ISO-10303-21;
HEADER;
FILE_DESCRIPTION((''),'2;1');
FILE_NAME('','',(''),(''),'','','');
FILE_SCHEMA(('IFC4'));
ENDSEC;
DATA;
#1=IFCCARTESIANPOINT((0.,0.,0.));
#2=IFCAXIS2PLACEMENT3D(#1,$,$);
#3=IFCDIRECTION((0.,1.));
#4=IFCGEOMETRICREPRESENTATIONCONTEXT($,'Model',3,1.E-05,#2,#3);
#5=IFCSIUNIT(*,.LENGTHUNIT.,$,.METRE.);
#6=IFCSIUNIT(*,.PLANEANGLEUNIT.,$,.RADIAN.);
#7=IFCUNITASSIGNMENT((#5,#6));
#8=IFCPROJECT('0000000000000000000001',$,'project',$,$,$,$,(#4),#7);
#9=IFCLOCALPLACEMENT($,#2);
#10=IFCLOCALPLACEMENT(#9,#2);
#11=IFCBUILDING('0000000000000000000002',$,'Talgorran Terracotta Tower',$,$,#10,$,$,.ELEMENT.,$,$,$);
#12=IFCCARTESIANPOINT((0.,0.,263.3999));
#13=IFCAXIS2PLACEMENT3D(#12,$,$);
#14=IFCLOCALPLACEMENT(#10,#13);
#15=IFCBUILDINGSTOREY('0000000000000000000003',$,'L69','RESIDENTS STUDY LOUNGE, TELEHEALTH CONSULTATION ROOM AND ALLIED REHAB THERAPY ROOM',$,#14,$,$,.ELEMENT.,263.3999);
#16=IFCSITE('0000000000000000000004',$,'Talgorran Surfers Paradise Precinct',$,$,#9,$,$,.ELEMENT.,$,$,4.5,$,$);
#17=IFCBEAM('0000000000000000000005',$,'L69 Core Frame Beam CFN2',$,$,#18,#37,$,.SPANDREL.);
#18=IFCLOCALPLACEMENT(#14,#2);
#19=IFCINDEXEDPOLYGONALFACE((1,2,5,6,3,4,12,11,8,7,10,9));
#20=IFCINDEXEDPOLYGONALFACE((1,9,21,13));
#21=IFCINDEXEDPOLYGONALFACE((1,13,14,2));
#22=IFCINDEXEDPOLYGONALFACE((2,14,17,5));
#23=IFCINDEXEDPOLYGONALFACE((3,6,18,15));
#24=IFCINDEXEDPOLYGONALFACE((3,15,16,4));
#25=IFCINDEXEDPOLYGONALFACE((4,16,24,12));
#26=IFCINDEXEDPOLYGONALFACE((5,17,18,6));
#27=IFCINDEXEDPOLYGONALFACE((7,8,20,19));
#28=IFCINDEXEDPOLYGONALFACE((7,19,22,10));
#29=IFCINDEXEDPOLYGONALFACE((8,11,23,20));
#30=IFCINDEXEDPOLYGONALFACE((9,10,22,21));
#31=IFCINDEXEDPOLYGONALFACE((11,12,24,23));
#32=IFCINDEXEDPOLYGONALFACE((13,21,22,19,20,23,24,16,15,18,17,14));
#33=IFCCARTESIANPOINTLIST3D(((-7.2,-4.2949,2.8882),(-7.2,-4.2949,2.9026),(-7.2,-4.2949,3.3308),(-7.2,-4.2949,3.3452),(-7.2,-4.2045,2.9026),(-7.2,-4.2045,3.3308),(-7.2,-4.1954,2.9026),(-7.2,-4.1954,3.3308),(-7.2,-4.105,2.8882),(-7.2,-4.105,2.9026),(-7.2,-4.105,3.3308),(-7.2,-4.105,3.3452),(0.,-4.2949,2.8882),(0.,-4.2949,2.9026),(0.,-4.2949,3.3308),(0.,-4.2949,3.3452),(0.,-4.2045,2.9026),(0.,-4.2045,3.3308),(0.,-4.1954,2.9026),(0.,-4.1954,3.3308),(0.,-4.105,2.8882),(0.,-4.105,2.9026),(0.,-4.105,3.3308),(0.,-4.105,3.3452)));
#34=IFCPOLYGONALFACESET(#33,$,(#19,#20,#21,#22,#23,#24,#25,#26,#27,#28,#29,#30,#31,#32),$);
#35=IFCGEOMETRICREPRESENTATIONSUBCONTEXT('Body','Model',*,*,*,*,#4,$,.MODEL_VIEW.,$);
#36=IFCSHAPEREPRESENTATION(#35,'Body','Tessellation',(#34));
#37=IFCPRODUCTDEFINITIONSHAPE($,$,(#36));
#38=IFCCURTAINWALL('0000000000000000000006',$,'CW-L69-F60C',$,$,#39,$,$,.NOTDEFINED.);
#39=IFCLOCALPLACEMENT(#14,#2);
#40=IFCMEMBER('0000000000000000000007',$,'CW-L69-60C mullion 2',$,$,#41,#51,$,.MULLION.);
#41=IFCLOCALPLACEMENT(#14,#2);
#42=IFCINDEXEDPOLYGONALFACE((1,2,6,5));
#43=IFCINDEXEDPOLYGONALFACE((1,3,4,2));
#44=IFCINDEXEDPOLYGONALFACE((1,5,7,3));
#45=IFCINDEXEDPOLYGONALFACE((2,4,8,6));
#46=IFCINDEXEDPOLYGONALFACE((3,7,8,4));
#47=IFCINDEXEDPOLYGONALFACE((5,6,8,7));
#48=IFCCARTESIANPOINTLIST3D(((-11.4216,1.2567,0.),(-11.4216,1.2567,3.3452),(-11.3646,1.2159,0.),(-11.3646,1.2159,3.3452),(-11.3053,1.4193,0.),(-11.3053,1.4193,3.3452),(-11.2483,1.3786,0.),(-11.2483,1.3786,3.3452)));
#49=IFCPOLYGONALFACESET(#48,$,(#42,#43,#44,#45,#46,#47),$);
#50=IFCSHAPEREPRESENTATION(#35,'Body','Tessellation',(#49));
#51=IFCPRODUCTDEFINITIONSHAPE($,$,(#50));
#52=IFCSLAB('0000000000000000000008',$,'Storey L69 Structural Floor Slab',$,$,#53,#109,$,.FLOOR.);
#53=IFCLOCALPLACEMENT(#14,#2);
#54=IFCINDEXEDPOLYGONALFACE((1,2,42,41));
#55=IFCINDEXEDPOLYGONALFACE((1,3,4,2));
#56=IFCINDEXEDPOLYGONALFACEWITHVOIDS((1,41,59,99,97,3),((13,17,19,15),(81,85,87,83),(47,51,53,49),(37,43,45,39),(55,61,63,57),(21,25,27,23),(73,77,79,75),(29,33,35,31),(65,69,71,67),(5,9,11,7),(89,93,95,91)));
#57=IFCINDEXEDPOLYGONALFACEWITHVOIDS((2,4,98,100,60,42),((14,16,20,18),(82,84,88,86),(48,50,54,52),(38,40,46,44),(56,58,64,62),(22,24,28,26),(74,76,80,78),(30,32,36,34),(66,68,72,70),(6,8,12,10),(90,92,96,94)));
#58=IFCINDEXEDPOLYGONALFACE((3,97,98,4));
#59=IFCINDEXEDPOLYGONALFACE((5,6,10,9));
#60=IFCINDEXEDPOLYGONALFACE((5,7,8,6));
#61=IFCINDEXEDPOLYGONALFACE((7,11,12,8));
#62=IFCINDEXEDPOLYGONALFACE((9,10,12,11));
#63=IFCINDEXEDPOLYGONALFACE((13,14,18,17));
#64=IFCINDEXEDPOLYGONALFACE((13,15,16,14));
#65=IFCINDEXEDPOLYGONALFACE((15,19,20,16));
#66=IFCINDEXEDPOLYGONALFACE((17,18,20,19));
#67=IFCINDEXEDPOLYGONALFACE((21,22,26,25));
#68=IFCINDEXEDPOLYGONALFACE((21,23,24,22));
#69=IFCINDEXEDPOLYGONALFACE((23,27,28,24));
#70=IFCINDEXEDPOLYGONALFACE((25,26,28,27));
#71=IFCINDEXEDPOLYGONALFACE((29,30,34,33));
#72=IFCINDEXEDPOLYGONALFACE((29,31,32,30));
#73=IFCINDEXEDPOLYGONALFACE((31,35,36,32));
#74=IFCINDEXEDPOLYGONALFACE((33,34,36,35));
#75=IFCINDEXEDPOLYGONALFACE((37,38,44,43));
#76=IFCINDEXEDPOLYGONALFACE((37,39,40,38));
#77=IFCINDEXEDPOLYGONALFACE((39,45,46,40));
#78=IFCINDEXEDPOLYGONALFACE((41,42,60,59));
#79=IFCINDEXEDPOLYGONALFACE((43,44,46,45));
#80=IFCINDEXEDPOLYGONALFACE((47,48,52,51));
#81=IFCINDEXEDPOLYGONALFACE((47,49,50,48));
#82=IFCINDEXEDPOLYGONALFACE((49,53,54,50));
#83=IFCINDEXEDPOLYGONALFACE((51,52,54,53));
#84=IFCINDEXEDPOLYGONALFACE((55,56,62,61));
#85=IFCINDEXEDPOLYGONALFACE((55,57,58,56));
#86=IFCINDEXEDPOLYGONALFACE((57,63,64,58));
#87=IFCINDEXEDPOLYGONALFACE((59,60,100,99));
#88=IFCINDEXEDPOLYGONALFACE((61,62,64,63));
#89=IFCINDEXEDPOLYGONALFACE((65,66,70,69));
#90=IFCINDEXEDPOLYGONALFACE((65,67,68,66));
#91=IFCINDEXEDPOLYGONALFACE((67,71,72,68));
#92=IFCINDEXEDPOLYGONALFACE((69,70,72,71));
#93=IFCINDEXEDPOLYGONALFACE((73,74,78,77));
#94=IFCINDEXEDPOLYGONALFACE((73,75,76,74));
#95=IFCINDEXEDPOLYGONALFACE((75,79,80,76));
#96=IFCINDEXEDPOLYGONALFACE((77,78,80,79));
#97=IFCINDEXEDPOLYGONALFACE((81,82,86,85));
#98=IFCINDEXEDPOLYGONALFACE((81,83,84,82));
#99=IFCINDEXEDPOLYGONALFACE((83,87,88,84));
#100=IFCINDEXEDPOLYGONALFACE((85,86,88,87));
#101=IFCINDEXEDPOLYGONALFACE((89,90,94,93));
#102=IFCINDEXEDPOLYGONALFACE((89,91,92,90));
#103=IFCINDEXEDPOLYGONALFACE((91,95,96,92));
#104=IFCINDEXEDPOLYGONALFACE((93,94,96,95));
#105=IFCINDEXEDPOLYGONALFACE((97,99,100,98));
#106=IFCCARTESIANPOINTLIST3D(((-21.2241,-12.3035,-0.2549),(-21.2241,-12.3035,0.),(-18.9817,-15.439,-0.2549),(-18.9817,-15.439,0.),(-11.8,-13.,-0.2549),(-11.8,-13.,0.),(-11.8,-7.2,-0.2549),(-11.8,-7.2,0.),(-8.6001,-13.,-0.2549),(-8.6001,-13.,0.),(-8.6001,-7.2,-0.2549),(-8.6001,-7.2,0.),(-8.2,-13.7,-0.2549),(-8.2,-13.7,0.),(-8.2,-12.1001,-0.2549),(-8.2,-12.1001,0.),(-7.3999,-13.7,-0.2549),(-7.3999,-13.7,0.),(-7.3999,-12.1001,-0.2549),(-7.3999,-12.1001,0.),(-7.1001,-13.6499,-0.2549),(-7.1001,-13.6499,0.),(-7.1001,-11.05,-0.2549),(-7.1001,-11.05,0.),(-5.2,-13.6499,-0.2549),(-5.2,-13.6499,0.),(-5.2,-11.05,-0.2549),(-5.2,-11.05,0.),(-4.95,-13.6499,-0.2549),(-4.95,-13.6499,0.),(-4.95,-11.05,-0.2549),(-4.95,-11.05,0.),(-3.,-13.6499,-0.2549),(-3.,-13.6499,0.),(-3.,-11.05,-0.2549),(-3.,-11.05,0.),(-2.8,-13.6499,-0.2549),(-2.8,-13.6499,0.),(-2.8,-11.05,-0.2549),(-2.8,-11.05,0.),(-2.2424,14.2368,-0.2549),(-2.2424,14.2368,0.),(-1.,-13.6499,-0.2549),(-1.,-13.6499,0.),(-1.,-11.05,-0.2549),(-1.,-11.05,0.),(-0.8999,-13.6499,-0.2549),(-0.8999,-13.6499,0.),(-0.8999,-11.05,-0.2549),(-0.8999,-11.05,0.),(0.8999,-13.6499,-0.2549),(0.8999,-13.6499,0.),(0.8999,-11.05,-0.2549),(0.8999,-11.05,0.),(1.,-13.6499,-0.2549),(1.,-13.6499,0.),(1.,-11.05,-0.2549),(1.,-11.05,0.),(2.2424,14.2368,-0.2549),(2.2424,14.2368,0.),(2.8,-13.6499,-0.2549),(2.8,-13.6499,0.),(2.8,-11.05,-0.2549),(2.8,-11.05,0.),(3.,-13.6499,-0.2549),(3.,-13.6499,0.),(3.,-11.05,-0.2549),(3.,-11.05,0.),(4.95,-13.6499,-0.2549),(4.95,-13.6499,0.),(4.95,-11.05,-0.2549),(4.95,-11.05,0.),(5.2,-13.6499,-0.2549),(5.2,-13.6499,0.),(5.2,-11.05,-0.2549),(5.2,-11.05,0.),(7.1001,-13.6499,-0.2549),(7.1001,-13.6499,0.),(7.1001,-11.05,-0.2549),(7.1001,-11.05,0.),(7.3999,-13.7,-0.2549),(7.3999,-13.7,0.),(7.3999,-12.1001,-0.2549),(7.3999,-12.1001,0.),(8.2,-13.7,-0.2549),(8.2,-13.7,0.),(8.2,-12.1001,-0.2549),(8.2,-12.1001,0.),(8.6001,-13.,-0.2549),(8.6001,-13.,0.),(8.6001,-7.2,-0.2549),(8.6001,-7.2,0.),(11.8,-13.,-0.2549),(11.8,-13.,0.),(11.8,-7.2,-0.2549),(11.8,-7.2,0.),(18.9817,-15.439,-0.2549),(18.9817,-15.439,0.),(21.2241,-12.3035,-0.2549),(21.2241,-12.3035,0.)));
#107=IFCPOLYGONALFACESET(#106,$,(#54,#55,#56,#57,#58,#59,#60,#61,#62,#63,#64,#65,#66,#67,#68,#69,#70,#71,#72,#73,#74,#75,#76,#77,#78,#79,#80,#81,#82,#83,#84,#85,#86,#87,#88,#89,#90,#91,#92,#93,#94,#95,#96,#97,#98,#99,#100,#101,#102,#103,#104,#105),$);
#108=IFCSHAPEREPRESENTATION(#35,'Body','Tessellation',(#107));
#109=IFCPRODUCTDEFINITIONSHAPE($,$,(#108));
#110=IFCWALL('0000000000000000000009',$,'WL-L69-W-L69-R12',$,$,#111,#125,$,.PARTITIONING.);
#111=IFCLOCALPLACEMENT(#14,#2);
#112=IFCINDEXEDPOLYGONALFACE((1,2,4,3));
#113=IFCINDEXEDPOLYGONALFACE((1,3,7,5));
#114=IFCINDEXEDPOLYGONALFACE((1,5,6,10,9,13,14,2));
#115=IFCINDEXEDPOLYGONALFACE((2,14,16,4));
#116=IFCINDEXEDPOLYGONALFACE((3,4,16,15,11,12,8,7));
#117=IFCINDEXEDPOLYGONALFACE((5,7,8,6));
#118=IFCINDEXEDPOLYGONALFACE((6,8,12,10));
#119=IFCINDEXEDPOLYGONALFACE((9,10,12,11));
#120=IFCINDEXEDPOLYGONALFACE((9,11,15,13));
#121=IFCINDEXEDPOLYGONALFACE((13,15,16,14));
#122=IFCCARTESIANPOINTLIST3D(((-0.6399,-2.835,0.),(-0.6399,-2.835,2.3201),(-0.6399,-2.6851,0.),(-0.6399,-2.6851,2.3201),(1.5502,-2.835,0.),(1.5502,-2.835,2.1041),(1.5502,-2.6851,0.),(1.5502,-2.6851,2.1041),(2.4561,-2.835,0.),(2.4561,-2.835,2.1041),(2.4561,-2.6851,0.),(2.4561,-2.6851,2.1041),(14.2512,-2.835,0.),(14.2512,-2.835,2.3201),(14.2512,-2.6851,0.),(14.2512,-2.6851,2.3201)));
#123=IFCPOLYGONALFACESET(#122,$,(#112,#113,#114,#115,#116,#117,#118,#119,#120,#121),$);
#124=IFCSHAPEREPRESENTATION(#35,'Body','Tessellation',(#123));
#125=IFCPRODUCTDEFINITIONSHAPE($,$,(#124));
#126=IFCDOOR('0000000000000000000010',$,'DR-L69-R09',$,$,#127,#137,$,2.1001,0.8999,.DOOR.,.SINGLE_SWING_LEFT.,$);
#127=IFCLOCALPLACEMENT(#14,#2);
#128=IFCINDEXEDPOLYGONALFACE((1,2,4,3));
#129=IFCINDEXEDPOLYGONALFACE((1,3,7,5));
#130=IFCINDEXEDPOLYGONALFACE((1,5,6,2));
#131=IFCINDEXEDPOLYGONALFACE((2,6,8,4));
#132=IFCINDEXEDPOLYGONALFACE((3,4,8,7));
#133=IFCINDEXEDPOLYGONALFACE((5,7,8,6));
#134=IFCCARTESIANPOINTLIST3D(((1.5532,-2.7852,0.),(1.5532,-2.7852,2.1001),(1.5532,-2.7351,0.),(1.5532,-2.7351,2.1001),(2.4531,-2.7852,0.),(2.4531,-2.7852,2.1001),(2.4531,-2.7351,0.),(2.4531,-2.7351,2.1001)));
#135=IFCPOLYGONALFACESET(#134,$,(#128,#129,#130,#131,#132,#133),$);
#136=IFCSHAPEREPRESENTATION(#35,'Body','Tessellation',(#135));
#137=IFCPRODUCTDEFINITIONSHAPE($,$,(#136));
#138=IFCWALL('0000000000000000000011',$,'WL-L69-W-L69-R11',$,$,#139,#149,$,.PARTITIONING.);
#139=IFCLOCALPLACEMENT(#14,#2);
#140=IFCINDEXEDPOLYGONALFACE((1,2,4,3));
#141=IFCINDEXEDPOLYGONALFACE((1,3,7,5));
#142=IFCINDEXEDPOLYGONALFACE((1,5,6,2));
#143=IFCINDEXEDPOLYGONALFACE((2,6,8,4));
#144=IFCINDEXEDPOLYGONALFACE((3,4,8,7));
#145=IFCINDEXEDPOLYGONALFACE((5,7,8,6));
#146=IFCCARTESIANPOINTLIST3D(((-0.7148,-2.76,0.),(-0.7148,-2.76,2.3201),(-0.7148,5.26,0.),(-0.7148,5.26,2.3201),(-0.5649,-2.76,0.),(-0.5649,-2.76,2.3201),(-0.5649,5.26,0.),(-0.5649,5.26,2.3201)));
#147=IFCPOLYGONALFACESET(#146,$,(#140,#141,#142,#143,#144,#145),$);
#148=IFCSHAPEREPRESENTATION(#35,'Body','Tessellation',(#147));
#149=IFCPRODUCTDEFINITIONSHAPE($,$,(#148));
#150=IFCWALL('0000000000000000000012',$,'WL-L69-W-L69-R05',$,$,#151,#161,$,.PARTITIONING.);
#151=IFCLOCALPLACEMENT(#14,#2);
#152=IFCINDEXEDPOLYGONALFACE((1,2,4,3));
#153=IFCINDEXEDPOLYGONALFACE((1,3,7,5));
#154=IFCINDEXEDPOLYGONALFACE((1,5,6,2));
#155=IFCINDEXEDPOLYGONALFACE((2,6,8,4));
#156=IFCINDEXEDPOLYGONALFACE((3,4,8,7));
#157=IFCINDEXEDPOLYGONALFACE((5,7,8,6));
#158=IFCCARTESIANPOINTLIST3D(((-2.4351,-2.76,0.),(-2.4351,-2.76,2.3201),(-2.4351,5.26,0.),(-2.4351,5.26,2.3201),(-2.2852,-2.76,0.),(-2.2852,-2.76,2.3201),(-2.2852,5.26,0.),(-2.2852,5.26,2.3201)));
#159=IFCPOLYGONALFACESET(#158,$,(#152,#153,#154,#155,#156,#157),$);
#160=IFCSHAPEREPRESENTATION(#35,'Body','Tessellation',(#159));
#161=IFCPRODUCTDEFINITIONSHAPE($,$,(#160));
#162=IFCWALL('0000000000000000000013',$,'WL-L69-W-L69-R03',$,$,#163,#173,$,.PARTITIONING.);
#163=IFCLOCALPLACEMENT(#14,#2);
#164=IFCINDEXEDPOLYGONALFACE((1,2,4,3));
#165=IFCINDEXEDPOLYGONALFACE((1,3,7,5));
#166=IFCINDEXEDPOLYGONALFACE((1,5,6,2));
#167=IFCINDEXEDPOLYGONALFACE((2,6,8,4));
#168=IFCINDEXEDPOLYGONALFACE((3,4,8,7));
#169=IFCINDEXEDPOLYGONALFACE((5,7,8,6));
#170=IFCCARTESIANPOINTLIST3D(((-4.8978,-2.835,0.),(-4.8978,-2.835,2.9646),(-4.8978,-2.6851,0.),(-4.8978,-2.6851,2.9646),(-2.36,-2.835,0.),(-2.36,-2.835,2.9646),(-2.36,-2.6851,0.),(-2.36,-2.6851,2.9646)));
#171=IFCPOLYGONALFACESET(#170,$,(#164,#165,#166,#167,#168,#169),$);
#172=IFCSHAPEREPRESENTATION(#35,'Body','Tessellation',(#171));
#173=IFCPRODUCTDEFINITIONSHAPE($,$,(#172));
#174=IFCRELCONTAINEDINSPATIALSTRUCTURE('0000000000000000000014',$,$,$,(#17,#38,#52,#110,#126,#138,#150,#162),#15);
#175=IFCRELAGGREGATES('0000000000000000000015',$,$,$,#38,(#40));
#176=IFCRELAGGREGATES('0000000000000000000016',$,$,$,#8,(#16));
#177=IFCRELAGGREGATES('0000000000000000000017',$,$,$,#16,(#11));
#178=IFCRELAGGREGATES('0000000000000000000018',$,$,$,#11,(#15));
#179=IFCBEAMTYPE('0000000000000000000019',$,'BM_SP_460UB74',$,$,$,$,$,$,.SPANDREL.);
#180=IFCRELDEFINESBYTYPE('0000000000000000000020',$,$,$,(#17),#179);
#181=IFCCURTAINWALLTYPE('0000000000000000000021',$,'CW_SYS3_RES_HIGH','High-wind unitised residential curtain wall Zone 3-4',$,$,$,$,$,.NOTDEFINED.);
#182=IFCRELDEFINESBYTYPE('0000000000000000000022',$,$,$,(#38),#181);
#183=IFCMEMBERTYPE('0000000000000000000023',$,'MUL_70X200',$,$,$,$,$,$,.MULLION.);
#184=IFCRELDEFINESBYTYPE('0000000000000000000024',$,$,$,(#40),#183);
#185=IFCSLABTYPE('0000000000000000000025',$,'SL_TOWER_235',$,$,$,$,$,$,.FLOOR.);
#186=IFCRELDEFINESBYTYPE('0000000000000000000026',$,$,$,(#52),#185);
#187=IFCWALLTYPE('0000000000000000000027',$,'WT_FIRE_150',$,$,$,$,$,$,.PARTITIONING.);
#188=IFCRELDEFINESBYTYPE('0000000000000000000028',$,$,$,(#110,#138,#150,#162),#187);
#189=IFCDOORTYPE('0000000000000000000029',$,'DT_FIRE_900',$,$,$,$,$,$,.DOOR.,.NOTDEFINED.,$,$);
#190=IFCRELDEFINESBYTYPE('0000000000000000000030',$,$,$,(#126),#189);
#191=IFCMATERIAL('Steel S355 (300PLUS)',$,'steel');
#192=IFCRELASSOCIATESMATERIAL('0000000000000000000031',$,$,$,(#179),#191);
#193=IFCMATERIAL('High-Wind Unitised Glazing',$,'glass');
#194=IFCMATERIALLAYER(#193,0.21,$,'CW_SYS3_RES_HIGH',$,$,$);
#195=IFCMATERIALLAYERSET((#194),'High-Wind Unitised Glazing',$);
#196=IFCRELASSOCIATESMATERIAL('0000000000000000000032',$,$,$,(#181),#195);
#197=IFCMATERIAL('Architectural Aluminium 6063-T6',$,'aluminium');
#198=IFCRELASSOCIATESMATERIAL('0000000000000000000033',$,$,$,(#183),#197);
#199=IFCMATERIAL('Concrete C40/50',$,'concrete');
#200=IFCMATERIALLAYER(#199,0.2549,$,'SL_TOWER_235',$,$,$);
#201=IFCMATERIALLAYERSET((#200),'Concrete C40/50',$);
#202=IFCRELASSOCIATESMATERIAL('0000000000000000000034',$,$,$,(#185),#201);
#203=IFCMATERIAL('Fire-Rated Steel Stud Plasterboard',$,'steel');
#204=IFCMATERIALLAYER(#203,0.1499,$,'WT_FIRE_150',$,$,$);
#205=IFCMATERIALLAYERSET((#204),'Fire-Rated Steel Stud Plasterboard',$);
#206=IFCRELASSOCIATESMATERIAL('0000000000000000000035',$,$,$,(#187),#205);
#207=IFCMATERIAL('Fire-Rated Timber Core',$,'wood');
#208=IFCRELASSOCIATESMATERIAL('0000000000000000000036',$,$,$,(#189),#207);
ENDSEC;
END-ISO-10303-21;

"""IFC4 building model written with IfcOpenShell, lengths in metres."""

from ifc_helpers import new_model, si_unit, direction, frame, frame_2d, origin, origin_2d, place, context, subcontext, project, spatial, polyline, rectangle, i_section, outline, extrude, material, layer, layer_set, material_profile, profile_set, type_object, element, fill, aggregate, save


model = new_model("IFC4")

# Units and contexts
model_context = context("Model", 3, precision=1e-05, world=origin(), true_north=direction((0.0, 1.0)))
body_context = subcontext(model_context, "Body", "Model", "MODEL_VIEW")
ifc_project = project(units=[si_unit("LENGTHUNIT", "METRE"), si_unit("PLANEANGLEUNIT", "RADIAN")], contexts=[model_context])

# Site, building, storey
site_placement = place(None, origin())
site = spatial("IfcSite", under=ifc_project, at=site_placement, Name="Talgorran Surfers Paradise Precinct", CompositionType="ELEMENT", RefElevation=4.5)
building_placement = place(site_placement, origin())
building = spatial("IfcBuilding", under=site, at=building_placement, Name="Talgorran Terracotta Tower", CompositionType="ELEMENT")
storey_placement = place(building_placement, frame((0.0, 0.0, 263.3999)))
storey = spatial("IfcBuildingStorey", under=building, at=storey_placement, Name="L69", Description="RESIDENTS STUDY LOUNGE, TELEHEALTH CONSULTATION ROOM AND ALLIED REHAB THERAPY ROOM", CompositionType="ELEMENT", Elevation=263.3999)

# Shared definitions
ifc_material_1 = material(Name="Steel S355 (300PLUS)", Category="steel")

# Beam
ifc_material_profile_1 = material_profile(ifc_material_1, i_section(OverallWidth=0.1899, OverallDepth=0.457, WebThickness=0.009, FlangeThickness=0.0144, at=origin_2d()), Name="460UB74.6")
ifc_profile_set_1 = profile_set([ifc_material_profile_1], Name="Steel S355 (300PLUS)")
beam_type_1 = type_object("IfcBeamType", Name="BM_SP_460UB74", PredefinedType="SPANDREL", material=ifc_profile_set_1)
beam_1_placement = place(storey_placement, frame((-7.2, -4.2, 3.1167), z_axis=(1.0, 0.0, 0.0), x_axis=(0.0, 1.0, 0.0)))
element("IfcBeam", 1, at=beam_1_placement, inside=storey, type_object=beam_type_1, Name="L69 Core Frame Beam CFN2", PredefinedType="SPANDREL", context=body_context, shape_type="SweptSolid", body=[
    extrude(i_section(OverallWidth=0.1899, OverallDepth=0.457, WebThickness=0.009, FlangeThickness=0.0144, at=origin_2d()), origin(), (0.0, 0.0, 1.0), 7.2),
])

# Curtain wall, member
ifc_material_2 = material(Name="High-Wind Unitised Glazing", Category="glass")
ifc_layer_1 = layer(ifc_material_2, 0.21, Name="CW_SYS3_RES_HIGH")
ifc_layer_set_1 = layer_set([ifc_layer_1], Name="High-Wind Unitised Glazing")
curtain_wall_type = type_object("IfcCurtainWallType", Name="CW_SYS3_RES_HIGH", Description="High-wind unitised residential curtain wall Zone 3-4", PredefinedType="NOTDEFINED", material=ifc_layer_set_1)
curtain_wall_placement = place(storey_placement, origin())
curtain_wall = element("IfcCurtainWall", 2, at=curtain_wall_placement, inside=storey, type_object=curtain_wall_type, Name="CW-L69-F60C", PredefinedType="NOTDEFINED")
ifc_material_3 = material(Name="Architectural Aluminium 6063-T6", Category="aluminium")
ifc_material_profile_2 = material_profile(ifc_material_3, rectangle(XDim=0.0701, YDim=0.2, at=origin_2d()), Name="CWM70X200")
ifc_profile_set_2 = profile_set([ifc_material_profile_2], Name="Architectural Aluminium 6063-T6")
member_type = type_object("IfcMemberType", Name="MUL_70X200", PredefinedType="MULLION", material=ifc_profile_set_2)
member_placement = place(storey_placement, frame((-11.335, 1.3176, 0.0), z_axis=(0.0, 0.0, 1.0), x_axis=(0.813381, -0.581731, 0.0)))
member = element("IfcMember", 3, at=member_placement, type_object=member_type, Name="CW-L69-60C mullion 2", PredefinedType="MULLION", context=body_context, shape_type="SweptSolid", body=[
    extrude(rectangle(XDim=0.0701, YDim=0.2, at=origin_2d()), origin(), (0.0, 0.0, 1.0), 3.3452),
])
aggregate(curtain_wall, [member])

# Slab
ifc_material_4 = material(Name="Concrete C40/50", Category="concrete")
ifc_layer_2 = layer(ifc_material_4, 0.2549, Name="SL_TOWER_235")
ifc_layer_set_2 = layer_set([ifc_layer_2], Name="Concrete C40/50")
slab_type = type_object("IfcSlabType", Name="SL_TOWER_235", PredefinedType="FLOOR", material=ifc_layer_set_2)
slab_placement = place(storey_placement, frame((0.0, 0.0, -0.2549)))
element("IfcSlab", 4, at=slab_placement, inside=storey, type_object=slab_type, Name="Storey L69 Structural Floor Slab", PredefinedType="FLOOR", context=body_context, shape_type="SweptSolid", body=[
    extrude(outline(polyline([(-21.2241, -12.3035), (-18.9817, -15.439), (18.9817, -15.439), (21.2241, -12.3035), (2.2424, 14.2368), (-2.2424, 14.2368), (-21.2241, -12.3035)]), holes=[polyline([(-11.8, -7.2), (-11.8, -13.0), (-8.6001, -13.0), (-8.6001, -7.2), (-11.8, -7.2)]), polyline([(8.6001, -7.2), (8.6001, -13.0), (11.8, -13.0), (11.8, -7.2), (8.6001, -7.2)]), polyline([(-7.1001, -13.6499), (-5.2, -13.6499), (-5.2, -11.05), (-7.1001, -11.05), (-7.1001, -13.6499)]), polyline([(5.2, -13.6499), (7.1001, -13.6499), (7.1001, -11.05), (5.2, -11.05), (5.2, -13.6499)]), polyline([(3.0, -13.6499), (4.95, -13.6499), (4.95, -11.05), (3.0, -11.05), (3.0, -13.6499)]), polyline([(-4.95, -13.6499), (-3.0, -13.6499), (-3.0, -11.05), (-4.95, -11.05), (-4.95, -13.6499)]), polyline([(-2.8, -13.6499), (-1.0, -13.6499), (-1.0, -11.05), (-2.8, -11.05), (-2.8, -13.6499)]), polyline([(-0.8999, -13.6499), (0.8999, -13.6499), (0.8999, -11.05), (-0.8999, -11.05), (-0.8999, -13.6499)]), polyline([(1.0, -13.6499), (2.8, -13.6499), (2.8, -11.05), (1.0, -11.05), (1.0, -13.6499)]), polyline([(-8.2, -13.7), (-7.3999, -13.7), (-7.3999, -12.1001), (-8.2, -12.1001), (-8.2, -13.7)]), polyline([(7.3999, -13.7), (8.2, -13.7), (8.2, -12.1001), (7.3999, -12.1001), (7.3999, -13.7)])]), origin(), (0.0, 0.0, 1.0), 0.2549),
])

# Wall, opening, door
ifc_material_5 = material(Name="Fire-Rated Steel Stud Plasterboard", Category="steel")
ifc_layer_3 = layer(ifc_material_5, 0.1499, Name="WT_FIRE_150")
ifc_layer_set_3 = layer_set([ifc_layer_3], Name="Fire-Rated Steel Stud Plasterboard")
wall_type_1 = type_object("IfcWallType", Name="WT_FIRE_150", PredefinedType="PARTITIONING", material=ifc_layer_set_3)
wall_1_placement = place(storey_placement, frame((-0.6399, -2.76, 0.0), z_axis=(0.0, 0.0, 1.0), x_axis=(1.0, 0.0, 0.0)))
wall_1 = element("IfcWall", 5, at=wall_1_placement, inside=storey, type_object=wall_type_1, Name="WL-L69-W-L69-R12", PredefinedType="PARTITIONING", context=body_context, shape_type="SweptSolid", body=[
    extrude(rectangle(XDim=14.8911, YDim=0.1499, at=frame_2d((7.4456, 0.0))), origin(), (0.0, 0.0, 1.0), 2.3201),
])
opening_1_placement = place(wall_1_placement, frame((2.1931, 0.0, 0.0)))
opening_1 = element("IfcOpeningElement", 6, at=opening_1_placement, cuts=wall_1, PredefinedType="OPENING", context=body_context, shape_type="SweptSolid", body=[
    extrude(rectangle(XDim=0.9059, YDim=2.1041, at=frame_2d((0.45, 1.052))), frame((0.0, 0.085, 0.0), z_axis=(0.0, -1.0, 0.0), x_axis=(1.0, 0.0, 0.0)), (0.0, 0.0, 1.0), 0.1699),
])
ifc_material_6 = material(Name="Fire-Rated Timber Core", Category="wood")
door_type_1 = type_object("IfcDoorType", Name="DT_FIRE_900", OperationType="NOTDEFINED", PredefinedType="DOOR", material=ifc_material_6)
door_1_placement = place(opening_1_placement, origin())
door_1 = element("IfcDoor", 7, at=door_1_placement, inside=storey, type_object=door_type_1, Name="DR-L69-R09", OperationType="SINGLE_SWING_LEFT", OverallHeight=2.1001, OverallWidth=0.8999, PredefinedType="DOOR", context=body_context, shape_type="SweptSolid", body=[
    extrude(rectangle(XDim=0.8999, YDim=2.1001, at=frame_2d((0.45, 1.05))), frame((0.0, 0.0249, 0.0), z_axis=(0.0, -1.0, 0.0), x_axis=(1.0, 0.0, 0.0)), (0.0, 0.0, 1.0), 0.05),
])
fill(opening_1, door_1)

# Walls
for number, where, z_axis, x_axis, name in (
    (8, (-0.6399, -2.76, 0.0), (0.0, 0.0, 1.0), (0.0, 1.0, 0.0), "WL-L69-W-L69-R11"),
    (9, (-2.3601, -2.76, 0.0), (0.0, 0.0, 1.0), (0.0, 1.0, 0.0), "WL-L69-W-L69-R05"),
):
    element("IfcWall", number, at=place(storey_placement, frame(where, z_axis=z_axis, x_axis=x_axis)), inside=storey, type_object=wall_type_1, Name=name, PredefinedType="PARTITIONING", context=body_context, shape_type="SweptSolid", body=[
        extrude(rectangle(XDim=8.02, YDim=0.1499, at=frame_2d((4.01, 0.0))), origin(), (0.0, 0.0, 1.0), 2.3201),
    ])
wall_2_placement = place(storey_placement, frame((-4.8979, -2.76, 0.0), z_axis=(0.0, 0.0, 1.0), x_axis=(1.0, 0.0, 0.0)))
element("IfcWall", 10, at=wall_2_placement, inside=storey, type_object=wall_type_1, Name="WL-L69-W-L69-R03", PredefinedType="PARTITIONING", context=body_context, shape_type="SweptSolid", body=[
    extrude(rectangle(XDim=2.5378, YDim=0.1499, at=frame_2d((1.269, 0.0))), origin(), (0.0, 0.0, 1.0), 2.9646),
])

save(model, "model.ifc")
